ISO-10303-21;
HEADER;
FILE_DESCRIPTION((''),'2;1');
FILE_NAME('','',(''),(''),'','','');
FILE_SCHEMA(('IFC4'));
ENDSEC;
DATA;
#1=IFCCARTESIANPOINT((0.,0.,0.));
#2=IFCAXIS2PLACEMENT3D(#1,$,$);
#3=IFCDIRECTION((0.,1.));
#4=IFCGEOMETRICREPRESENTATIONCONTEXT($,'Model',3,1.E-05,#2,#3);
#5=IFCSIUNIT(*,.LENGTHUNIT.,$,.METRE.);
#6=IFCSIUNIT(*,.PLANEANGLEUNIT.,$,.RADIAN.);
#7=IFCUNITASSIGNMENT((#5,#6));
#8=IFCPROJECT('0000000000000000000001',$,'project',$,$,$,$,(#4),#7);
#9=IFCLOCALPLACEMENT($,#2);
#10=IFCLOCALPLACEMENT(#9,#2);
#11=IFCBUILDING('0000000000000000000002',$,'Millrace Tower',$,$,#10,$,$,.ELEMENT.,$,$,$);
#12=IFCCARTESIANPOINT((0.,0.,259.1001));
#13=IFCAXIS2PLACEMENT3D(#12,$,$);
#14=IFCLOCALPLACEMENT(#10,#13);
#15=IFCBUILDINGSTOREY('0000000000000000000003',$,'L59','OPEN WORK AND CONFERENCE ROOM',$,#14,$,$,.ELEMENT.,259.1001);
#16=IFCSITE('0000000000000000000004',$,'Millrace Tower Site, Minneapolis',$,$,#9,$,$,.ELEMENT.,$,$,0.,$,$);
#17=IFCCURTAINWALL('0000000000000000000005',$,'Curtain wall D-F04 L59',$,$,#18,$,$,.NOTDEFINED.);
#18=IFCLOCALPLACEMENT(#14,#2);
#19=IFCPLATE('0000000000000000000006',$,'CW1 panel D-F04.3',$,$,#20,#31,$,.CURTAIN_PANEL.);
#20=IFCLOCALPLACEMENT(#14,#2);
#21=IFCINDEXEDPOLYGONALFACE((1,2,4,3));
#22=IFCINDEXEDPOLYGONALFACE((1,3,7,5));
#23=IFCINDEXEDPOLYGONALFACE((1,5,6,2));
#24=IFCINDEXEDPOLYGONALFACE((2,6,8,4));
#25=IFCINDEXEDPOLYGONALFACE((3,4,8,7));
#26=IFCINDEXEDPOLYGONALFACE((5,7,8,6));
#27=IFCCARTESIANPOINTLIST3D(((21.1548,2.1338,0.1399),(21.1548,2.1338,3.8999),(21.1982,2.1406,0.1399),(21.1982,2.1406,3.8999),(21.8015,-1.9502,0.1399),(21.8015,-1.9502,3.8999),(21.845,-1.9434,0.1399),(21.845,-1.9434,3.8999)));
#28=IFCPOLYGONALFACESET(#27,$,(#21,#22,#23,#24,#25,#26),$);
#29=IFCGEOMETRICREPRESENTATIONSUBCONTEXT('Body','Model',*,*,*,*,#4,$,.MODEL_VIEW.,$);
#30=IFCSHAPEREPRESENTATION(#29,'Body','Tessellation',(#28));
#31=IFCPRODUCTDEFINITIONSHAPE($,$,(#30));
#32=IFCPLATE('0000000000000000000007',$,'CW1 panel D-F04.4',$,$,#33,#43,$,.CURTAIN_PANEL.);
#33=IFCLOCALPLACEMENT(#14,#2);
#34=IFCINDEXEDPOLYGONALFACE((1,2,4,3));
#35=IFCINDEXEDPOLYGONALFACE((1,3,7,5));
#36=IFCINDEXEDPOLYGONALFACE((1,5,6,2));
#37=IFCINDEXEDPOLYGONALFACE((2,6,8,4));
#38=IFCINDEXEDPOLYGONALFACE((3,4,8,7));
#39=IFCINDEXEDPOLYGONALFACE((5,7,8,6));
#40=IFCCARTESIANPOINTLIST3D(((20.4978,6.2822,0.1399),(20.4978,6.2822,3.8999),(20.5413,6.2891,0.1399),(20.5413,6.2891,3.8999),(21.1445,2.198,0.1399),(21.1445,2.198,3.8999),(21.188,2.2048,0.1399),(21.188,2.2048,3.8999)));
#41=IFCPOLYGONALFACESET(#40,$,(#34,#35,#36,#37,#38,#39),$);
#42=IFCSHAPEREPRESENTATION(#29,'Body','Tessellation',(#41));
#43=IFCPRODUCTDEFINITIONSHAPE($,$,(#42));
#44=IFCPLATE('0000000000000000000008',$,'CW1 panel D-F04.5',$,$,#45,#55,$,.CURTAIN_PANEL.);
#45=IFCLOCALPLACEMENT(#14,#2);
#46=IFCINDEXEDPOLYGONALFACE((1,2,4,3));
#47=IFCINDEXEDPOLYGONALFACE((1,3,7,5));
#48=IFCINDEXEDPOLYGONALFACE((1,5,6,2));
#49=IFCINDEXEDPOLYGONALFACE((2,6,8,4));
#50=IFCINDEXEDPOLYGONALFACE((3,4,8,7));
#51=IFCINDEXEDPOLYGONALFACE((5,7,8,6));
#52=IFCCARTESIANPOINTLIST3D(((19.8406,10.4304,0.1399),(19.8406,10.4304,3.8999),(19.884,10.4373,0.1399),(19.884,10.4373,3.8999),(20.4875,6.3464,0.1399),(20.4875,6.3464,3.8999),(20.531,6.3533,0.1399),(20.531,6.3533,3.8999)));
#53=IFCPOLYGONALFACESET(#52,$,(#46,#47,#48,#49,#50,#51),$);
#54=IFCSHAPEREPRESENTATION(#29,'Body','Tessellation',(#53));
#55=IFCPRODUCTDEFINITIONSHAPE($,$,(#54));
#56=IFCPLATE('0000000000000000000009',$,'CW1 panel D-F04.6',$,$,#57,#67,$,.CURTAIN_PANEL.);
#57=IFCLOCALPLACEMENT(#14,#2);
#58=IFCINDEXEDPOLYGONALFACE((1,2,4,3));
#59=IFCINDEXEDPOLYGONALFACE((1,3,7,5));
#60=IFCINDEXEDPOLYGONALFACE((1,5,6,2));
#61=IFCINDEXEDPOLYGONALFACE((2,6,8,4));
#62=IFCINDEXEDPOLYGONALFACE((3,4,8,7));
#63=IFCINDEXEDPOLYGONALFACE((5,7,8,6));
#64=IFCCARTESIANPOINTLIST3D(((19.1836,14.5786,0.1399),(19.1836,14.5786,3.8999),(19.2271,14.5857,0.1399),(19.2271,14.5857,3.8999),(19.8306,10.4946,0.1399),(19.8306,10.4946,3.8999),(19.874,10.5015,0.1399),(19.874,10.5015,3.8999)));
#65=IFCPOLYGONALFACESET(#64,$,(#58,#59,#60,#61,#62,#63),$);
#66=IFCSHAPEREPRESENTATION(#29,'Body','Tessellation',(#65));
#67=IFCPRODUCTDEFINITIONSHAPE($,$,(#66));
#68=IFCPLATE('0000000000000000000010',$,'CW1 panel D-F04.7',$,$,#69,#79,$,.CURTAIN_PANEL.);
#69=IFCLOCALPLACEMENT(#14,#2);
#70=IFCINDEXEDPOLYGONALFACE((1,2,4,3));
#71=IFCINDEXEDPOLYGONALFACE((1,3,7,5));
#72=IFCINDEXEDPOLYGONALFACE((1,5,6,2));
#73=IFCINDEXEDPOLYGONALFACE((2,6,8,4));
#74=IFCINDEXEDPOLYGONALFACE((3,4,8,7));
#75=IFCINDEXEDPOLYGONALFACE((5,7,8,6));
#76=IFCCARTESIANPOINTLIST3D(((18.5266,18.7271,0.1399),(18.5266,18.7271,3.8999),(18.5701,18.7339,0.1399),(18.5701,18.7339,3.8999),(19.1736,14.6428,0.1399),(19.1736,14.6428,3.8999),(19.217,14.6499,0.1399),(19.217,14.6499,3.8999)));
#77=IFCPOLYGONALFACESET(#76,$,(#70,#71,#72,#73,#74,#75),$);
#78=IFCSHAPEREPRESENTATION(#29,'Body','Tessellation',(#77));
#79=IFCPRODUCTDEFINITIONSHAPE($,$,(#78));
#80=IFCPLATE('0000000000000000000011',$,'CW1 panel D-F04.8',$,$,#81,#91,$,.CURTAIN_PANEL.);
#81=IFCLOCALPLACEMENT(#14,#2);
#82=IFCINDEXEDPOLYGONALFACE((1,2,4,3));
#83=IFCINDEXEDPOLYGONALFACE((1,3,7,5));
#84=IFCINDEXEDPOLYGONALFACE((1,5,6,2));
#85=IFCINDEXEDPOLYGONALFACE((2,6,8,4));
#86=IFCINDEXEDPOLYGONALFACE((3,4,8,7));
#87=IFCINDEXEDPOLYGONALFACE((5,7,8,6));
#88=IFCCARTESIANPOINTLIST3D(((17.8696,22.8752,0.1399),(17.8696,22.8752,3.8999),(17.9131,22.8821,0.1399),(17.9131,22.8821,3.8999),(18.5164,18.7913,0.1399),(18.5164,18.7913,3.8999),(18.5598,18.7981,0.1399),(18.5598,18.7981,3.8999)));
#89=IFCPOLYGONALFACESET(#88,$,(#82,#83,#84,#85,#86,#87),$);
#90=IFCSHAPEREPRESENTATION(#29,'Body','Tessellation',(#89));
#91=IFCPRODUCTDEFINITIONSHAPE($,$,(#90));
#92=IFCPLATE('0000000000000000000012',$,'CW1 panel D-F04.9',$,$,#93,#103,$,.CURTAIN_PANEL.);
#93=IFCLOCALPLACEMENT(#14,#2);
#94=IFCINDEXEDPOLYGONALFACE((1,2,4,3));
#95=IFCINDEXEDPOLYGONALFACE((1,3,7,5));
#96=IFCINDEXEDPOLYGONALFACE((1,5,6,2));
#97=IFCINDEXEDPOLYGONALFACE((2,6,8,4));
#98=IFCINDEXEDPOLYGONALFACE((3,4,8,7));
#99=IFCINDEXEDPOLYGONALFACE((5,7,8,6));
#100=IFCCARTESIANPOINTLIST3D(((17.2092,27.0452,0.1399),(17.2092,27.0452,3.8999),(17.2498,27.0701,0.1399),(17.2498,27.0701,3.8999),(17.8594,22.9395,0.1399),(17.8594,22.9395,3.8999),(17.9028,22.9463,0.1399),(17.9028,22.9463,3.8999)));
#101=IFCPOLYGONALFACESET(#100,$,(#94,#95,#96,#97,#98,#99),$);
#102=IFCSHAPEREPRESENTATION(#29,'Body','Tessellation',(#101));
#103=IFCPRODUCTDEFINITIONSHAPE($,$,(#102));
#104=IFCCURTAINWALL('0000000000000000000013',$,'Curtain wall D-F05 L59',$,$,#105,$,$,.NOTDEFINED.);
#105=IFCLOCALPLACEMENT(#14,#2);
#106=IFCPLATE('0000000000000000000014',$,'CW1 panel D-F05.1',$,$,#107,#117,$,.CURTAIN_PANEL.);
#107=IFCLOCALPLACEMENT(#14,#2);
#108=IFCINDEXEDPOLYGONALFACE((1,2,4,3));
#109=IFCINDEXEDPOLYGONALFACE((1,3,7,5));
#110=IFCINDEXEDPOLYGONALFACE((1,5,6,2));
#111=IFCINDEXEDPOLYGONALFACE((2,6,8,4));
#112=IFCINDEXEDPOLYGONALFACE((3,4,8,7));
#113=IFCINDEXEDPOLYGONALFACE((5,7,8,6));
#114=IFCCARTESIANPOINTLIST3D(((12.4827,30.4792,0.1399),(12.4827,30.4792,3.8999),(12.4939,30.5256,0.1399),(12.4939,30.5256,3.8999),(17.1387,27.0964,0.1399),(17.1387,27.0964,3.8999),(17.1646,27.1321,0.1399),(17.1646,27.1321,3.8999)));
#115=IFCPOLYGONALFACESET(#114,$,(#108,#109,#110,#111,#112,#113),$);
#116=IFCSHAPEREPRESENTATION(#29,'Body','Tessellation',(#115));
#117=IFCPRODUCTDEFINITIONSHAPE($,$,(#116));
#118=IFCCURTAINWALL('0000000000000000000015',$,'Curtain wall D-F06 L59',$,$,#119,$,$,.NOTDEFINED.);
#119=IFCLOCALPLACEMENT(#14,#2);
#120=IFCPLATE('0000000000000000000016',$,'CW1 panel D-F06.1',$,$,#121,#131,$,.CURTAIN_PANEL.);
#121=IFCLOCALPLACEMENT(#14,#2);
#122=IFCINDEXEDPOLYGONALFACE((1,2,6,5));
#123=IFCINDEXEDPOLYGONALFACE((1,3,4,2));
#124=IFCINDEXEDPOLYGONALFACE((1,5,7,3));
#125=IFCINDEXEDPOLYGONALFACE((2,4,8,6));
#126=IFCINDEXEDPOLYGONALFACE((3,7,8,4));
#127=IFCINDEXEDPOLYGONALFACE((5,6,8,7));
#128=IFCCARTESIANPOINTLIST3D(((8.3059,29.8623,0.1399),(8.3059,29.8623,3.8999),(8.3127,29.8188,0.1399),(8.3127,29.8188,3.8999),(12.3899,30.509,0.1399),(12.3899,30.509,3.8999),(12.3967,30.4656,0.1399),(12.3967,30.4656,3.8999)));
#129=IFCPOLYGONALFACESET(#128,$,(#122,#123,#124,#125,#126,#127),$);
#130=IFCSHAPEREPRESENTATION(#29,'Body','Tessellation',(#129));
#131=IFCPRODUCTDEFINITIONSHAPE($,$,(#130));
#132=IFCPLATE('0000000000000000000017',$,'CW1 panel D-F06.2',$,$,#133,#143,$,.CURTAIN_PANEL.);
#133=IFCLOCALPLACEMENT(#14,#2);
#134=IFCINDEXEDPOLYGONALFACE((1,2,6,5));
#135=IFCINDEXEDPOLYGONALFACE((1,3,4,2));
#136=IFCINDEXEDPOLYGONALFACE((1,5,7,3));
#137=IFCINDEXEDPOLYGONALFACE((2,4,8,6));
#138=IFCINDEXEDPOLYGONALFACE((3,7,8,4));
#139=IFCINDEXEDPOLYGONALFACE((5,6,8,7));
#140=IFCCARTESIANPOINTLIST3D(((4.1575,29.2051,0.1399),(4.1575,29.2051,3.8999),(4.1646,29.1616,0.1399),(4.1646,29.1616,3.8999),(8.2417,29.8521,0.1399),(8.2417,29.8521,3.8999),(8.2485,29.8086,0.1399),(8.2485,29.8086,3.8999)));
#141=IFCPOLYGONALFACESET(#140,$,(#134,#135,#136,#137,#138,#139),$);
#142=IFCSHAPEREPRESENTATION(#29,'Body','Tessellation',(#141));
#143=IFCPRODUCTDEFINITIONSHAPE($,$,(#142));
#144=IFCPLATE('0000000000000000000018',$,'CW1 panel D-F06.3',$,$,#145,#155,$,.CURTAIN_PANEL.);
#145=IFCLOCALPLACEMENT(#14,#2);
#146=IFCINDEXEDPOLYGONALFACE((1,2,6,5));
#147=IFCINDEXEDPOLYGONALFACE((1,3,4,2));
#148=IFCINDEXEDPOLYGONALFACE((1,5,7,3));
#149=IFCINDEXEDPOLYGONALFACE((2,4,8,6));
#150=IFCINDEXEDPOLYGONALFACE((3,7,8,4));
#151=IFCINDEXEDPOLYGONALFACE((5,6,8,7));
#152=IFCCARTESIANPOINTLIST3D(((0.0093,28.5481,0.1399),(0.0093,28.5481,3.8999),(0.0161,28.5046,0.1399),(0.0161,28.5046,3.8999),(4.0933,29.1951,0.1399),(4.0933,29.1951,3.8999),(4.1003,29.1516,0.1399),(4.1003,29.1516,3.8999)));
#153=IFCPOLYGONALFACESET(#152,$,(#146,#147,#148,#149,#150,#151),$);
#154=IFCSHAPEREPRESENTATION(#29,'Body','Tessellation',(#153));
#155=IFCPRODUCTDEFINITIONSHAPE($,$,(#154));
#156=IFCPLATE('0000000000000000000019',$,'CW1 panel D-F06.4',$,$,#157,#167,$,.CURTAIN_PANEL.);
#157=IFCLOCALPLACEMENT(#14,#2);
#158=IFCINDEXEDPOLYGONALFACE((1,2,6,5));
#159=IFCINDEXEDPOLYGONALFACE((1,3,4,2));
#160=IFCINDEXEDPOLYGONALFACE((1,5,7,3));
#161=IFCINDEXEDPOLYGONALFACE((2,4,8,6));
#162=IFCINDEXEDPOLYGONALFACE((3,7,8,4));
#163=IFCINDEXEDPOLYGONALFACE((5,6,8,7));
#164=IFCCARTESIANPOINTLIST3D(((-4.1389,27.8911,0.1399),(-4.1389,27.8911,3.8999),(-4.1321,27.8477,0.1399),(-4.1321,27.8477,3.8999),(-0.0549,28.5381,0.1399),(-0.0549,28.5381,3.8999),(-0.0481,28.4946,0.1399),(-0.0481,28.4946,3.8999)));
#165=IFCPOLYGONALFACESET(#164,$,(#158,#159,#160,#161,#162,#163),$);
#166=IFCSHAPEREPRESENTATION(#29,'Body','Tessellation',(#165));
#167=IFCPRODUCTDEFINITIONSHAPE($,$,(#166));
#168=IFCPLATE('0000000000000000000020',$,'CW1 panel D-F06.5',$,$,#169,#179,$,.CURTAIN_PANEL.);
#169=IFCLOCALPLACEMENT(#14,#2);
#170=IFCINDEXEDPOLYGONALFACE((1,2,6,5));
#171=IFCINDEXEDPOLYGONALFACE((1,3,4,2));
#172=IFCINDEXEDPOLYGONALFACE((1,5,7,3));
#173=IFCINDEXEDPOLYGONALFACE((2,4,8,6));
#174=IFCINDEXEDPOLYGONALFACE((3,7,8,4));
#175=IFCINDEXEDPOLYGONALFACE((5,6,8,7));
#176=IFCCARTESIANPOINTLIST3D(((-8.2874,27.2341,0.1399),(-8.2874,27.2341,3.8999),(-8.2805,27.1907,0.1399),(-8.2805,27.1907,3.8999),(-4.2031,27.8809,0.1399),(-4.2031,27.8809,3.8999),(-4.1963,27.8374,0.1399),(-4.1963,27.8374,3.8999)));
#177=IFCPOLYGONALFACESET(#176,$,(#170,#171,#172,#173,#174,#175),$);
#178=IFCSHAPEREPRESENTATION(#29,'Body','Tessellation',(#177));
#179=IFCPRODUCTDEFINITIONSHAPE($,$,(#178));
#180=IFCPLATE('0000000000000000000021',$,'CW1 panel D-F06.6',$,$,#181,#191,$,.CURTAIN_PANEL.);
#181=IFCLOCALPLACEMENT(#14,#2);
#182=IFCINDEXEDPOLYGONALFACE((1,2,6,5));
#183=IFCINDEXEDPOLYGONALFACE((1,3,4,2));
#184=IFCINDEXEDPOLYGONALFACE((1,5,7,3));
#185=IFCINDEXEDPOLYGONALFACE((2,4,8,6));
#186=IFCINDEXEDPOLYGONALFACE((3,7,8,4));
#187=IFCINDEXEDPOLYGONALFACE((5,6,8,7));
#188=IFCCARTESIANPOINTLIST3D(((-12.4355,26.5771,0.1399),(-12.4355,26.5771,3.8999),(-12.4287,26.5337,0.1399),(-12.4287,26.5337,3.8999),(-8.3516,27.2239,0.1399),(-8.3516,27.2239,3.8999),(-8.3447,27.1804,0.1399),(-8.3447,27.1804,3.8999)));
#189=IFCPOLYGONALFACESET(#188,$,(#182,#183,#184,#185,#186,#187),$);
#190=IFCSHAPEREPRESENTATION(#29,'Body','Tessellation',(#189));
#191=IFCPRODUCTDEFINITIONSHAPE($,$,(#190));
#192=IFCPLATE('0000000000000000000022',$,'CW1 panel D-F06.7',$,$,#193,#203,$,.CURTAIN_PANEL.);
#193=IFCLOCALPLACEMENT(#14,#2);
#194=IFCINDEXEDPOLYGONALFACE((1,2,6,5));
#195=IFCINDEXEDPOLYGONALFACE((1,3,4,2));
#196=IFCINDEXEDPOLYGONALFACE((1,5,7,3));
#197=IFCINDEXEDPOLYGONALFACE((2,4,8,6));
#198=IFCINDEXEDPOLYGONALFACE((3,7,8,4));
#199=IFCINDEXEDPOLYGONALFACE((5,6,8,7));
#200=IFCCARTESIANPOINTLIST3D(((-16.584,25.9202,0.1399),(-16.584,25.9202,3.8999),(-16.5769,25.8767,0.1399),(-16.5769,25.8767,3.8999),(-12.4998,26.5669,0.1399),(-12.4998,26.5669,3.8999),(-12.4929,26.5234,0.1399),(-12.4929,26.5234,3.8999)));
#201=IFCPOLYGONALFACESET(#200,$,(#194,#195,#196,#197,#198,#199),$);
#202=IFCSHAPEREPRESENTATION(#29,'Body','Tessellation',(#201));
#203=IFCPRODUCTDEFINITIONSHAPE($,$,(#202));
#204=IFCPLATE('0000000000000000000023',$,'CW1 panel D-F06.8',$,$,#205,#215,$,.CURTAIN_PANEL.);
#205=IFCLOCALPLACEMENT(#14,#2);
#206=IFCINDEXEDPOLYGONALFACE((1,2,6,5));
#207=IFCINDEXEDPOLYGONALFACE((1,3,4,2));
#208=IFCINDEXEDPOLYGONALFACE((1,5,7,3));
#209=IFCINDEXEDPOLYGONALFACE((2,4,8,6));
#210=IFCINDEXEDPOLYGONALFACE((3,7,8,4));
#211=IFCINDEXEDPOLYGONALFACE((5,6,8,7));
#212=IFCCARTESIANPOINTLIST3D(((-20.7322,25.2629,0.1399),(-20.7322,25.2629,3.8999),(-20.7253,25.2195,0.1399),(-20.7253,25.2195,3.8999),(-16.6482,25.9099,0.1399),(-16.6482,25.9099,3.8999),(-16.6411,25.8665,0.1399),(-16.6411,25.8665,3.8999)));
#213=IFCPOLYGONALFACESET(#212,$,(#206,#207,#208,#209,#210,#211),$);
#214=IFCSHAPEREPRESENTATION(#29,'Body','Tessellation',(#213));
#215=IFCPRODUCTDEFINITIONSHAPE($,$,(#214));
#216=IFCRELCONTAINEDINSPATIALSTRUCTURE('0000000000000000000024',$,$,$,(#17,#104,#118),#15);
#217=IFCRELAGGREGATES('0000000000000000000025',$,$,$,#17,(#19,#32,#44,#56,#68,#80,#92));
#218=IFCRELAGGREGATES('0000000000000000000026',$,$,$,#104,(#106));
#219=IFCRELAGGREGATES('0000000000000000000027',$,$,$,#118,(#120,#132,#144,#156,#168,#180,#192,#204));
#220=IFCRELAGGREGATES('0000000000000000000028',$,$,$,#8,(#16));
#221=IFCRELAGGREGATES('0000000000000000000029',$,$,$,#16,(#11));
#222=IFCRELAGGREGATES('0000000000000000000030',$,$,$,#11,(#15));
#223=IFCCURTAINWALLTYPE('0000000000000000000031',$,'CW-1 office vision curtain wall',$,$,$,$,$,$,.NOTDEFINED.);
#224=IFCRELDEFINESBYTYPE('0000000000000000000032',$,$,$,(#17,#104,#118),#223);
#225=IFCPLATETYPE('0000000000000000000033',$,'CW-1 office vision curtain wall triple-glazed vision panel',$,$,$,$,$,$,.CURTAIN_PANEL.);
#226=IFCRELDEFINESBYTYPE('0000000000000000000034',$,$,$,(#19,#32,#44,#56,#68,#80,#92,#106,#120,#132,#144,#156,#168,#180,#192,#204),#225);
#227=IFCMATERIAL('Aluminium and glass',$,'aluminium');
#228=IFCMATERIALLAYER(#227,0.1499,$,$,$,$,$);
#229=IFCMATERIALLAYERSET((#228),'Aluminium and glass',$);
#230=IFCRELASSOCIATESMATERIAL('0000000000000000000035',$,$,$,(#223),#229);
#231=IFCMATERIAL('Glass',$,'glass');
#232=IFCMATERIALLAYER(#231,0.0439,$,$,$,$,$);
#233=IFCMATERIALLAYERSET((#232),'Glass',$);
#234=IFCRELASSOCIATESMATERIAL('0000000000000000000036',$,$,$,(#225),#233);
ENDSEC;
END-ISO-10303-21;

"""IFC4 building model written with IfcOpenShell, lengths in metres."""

from ifc_helpers import new_model, si_unit, direction, frame, origin, place, context, subcontext, project, spatial, polyline, outline, extrude, material, layer, layer_set, type_object, element, aggregate, save


model = new_model("IFC4")

# Units and contexts
model_context = context("Model", 3, precision=1e-05, world=origin(), true_north=direction((0.0, 1.0)))
body_context = subcontext(model_context, "Body", "Model", "MODEL_VIEW")
ifc_project = project(units=[si_unit("LENGTHUNIT", "METRE"), si_unit("PLANEANGLEUNIT", "RADIAN")], contexts=[model_context])

# Site, building, storey
site_placement = place(None, origin())
site = spatial("IfcSite", under=ifc_project, at=site_placement, Name="Millrace Tower Site, Minneapolis", CompositionType="ELEMENT", RefElevation=0.0)
building_placement = place(site_placement, origin())
building = spatial("IfcBuilding", under=site, at=building_placement, Name="Millrace Tower", CompositionType="ELEMENT")
storey_placement = place(building_placement, frame((0.0, 0.0, 259.1001)))
storey = spatial("IfcBuildingStorey", under=building, at=storey_placement, Name="L59", Description="OPEN WORK AND CONFERENCE ROOM", CompositionType="ELEMENT", Elevation=259.1001)

# Curtain wall, plates
ifc_material_1 = material(Name="Aluminium and glass", Category="aluminium")
ifc_layer_1 = layer(ifc_material_1, 0.1499)
ifc_layer_set_1 = layer_set([ifc_layer_1], Name="Aluminium and glass")
curtain_wall_type = type_object("IfcCurtainWallType", Name="CW-1 office vision curtain wall", PredefinedType="NOTDEFINED", material=ifc_layer_set_1)
placement_1 = place(storey_placement, origin())
curtain_wall_1 = element("IfcCurtainWall", 1, at=placement_1, inside=storey, type_object=curtain_wall_type, Name="Curtain wall D-F04 L59", PredefinedType="NOTDEFINED")
ifc_material_2 = material(Name="Glass", Category="glass")
ifc_layer_2 = layer(ifc_material_2, 0.0439)
ifc_layer_set_2 = layer_set([ifc_layer_2], Name="Glass")
plate_type = type_object("IfcPlateType", Name="CW-1 office vision curtain wall triple-glazed vision panel", PredefinedType="CURTAIN_PANEL", material=ifc_layer_set_2)
placement_2 = place(storey_placement, frame((0.0, 0.0, 0.1399)))
plate_1 = element("IfcPlate", 2, at=placement_2, type_object=plate_type, Name="CW1 panel D-F04.3", PredefinedType="CURTAIN_PANEL", context=body_context, shape_type="SweptSolid", body=[
    extrude(outline(polyline([(21.845, -1.9434), (21.1982, 2.1406), (21.1548, 2.1338), (21.8015, -1.9502), (21.845, -1.9434)])), origin(), (0.0, 0.0, 1.0), 3.76),
])
plate_2 = element("IfcPlate", 3, at=placement_2, type_object=plate_type, Name="CW1 panel D-F04.4", PredefinedType="CURTAIN_PANEL", context=body_context, shape_type="SweptSolid", body=[
    extrude(outline(polyline([(21.188, 2.2048), (20.5413, 6.2891), (20.4978, 6.2822), (21.1445, 2.198), (21.188, 2.2048)])), origin(), (0.0, 0.0, 1.0), 3.76),
])
plate_3 = element("IfcPlate", 4, at=placement_2, type_object=plate_type, Name="CW1 panel D-F04.5", PredefinedType="CURTAIN_PANEL", context=body_context, shape_type="SweptSolid", body=[
    extrude(outline(polyline([(20.531, 6.3533), (19.884, 10.4373), (19.8406, 10.4304), (20.4875, 6.3464), (20.531, 6.3533)])), origin(), (0.0, 0.0, 1.0), 3.76),
])
plate_4 = element("IfcPlate", 5, at=placement_2, type_object=plate_type, Name="CW1 panel D-F04.6", PredefinedType="CURTAIN_PANEL", context=body_context, shape_type="SweptSolid", body=[
    extrude(outline(polyline([(19.874, 10.5015), (19.2271, 14.5857), (19.1836, 14.5786), (19.8306, 10.4946), (19.874, 10.5015)])), origin(), (0.0, 0.0, 1.0), 3.76),
])
plate_5 = element("IfcPlate", 6, at=placement_2, type_object=plate_type, Name="CW1 panel D-F04.7", PredefinedType="CURTAIN_PANEL", context=body_context, shape_type="SweptSolid", body=[
    extrude(outline(polyline([(19.217, 14.6499), (18.5701, 18.7339), (18.5266, 18.7271), (19.1736, 14.6428), (19.217, 14.6499)])), origin(), (0.0, 0.0, 1.0), 3.76),
])
plate_6 = element("IfcPlate", 7, at=placement_2, type_object=plate_type, Name="CW1 panel D-F04.8", PredefinedType="CURTAIN_PANEL", context=body_context, shape_type="SweptSolid", body=[
    extrude(outline(polyline([(18.5598, 18.7981), (17.9131, 22.8821), (17.8696, 22.8752), (18.5164, 18.7913), (18.5598, 18.7981)])), origin(), (0.0, 0.0, 1.0), 3.76),
])
plate_7 = element("IfcPlate", 8, at=placement_2, type_object=plate_type, Name="CW1 panel D-F04.9", PredefinedType="CURTAIN_PANEL", context=body_context, shape_type="SweptSolid", body=[
    extrude(outline(polyline([(17.9028, 22.9463), (17.2498, 27.0701), (17.2092, 27.0452), (17.8594, 22.9395), (17.9028, 22.9463)])), origin(), (0.0, 0.0, 1.0), 3.76),
])
aggregate(curtain_wall_1, [plate_1, plate_2, plate_3, plate_4, plate_5, plate_6, plate_7])

# Curtain wall, plate
curtain_wall_2 = element("IfcCurtainWall", 9, at=placement_1, inside=storey, type_object=curtain_wall_type, Name="Curtain wall D-F05 L59", PredefinedType="NOTDEFINED")
plate_8 = element("IfcPlate", 10, at=placement_2, type_object=plate_type, Name="CW1 panel D-F05.1", PredefinedType="CURTAIN_PANEL", context=body_context, shape_type="SweptSolid", body=[
    extrude(outline(polyline([(17.1646, 27.1321), (12.4939, 30.5256), (12.4827, 30.4792), (17.1387, 27.0964), (17.1646, 27.1321)])), origin(), (0.0, 0.0, 1.0), 3.76),
])
aggregate(curtain_wall_2, [plate_8])

# Curtain wall, plates
curtain_wall_3 = element("IfcCurtainWall", 11, at=placement_1, inside=storey, type_object=curtain_wall_type, Name="Curtain wall D-F06 L59", PredefinedType="NOTDEFINED")
plate_9 = element("IfcPlate", 12, at=placement_2, type_object=plate_type, Name="CW1 panel D-F06.1", PredefinedType="CURTAIN_PANEL", context=body_context, shape_type="SweptSolid", body=[
    extrude(outline(polyline([(12.3899, 30.509), (8.3059, 29.8623), (8.3127, 29.8188), (12.3967, 30.4656), (12.3899, 30.509)])), origin(), (0.0, 0.0, 1.0), 3.76),
])
plate_10 = element("IfcPlate", 13, at=placement_2, type_object=plate_type, Name="CW1 panel D-F06.2", PredefinedType="CURTAIN_PANEL", context=body_context, shape_type="SweptSolid", body=[
    extrude(outline(polyline([(8.2417, 29.8521), (4.1575, 29.2051), (4.1646, 29.1616), (8.2485, 29.8086), (8.2417, 29.8521)])), origin(), (0.0, 0.0, 1.0), 3.76),
])
plate_11 = element("IfcPlate", 14, at=placement_2, type_object=plate_type, Name="CW1 panel D-F06.3", PredefinedType="CURTAIN_PANEL", context=body_context, shape_type="SweptSolid", body=[
    extrude(outline(polyline([(4.0933, 29.1951), (0.0093, 28.5481), (0.0161, 28.5046), (4.1003, 29.1516), (4.0933, 29.1951)])), origin(), (0.0, 0.0, 1.0), 3.76),
])
plate_12 = element("IfcPlate", 15, at=placement_2, type_object=plate_type, Name="CW1 panel D-F06.4", PredefinedType="CURTAIN_PANEL", context=body_context, shape_type="SweptSolid", body=[
    extrude(outline(polyline([(-0.0549, 28.5381), (-4.1389, 27.8911), (-4.1321, 27.8477), (-0.0481, 28.4946), (-0.0549, 28.5381)])), origin(), (0.0, 0.0, 1.0), 3.76),
])
plate_13 = element("IfcPlate", 16, at=placement_2, type_object=plate_type, Name="CW1 panel D-F06.5", PredefinedType="CURTAIN_PANEL", context=body_context, shape_type="SweptSolid", body=[
    extrude(outline(polyline([(-4.2031, 27.8809), (-8.2874, 27.2341), (-8.2805, 27.1907), (-4.1963, 27.8374), (-4.2031, 27.8809)])), origin(), (0.0, 0.0, 1.0), 3.76),
])
plate_14 = element("IfcPlate", 17, at=placement_2, type_object=plate_type, Name="CW1 panel D-F06.6", PredefinedType="CURTAIN_PANEL", context=body_context, shape_type="SweptSolid", body=[
    extrude(outline(polyline([(-8.3516, 27.2239), (-12.4355, 26.5771), (-12.4287, 26.5337), (-8.3447, 27.1804), (-8.3516, 27.2239)])), origin(), (0.0, 0.0, 1.0), 3.76),
])
plate_15 = element("IfcPlate", 18, at=placement_2, type_object=plate_type, Name="CW1 panel D-F06.7", PredefinedType="CURTAIN_PANEL", context=body_context, shape_type="SweptSolid", body=[
    extrude(outline(polyline([(-12.4998, 26.5669), (-16.584, 25.9202), (-16.5769, 25.8767), (-12.4929, 26.5234), (-12.4998, 26.5669)])), origin(), (0.0, 0.0, 1.0), 3.76),
])
plate_16 = element("IfcPlate", 19, at=placement_2, type_object=plate_type, Name="CW1 panel D-F06.8", PredefinedType="CURTAIN_PANEL", context=body_context, shape_type="SweptSolid", body=[
    extrude(outline(polyline([(-16.6482, 25.9099), (-20.7322, 25.2629), (-20.7253, 25.2195), (-16.6411, 25.8665), (-16.6482, 25.9099)])), origin(), (0.0, 0.0, 1.0), 3.76),
])
aggregate(curtain_wall_3, [plate_9, plate_10, plate_11, plate_12, plate_13, plate_14, plate_15, plate_16])

save(model, "model.ifc")
